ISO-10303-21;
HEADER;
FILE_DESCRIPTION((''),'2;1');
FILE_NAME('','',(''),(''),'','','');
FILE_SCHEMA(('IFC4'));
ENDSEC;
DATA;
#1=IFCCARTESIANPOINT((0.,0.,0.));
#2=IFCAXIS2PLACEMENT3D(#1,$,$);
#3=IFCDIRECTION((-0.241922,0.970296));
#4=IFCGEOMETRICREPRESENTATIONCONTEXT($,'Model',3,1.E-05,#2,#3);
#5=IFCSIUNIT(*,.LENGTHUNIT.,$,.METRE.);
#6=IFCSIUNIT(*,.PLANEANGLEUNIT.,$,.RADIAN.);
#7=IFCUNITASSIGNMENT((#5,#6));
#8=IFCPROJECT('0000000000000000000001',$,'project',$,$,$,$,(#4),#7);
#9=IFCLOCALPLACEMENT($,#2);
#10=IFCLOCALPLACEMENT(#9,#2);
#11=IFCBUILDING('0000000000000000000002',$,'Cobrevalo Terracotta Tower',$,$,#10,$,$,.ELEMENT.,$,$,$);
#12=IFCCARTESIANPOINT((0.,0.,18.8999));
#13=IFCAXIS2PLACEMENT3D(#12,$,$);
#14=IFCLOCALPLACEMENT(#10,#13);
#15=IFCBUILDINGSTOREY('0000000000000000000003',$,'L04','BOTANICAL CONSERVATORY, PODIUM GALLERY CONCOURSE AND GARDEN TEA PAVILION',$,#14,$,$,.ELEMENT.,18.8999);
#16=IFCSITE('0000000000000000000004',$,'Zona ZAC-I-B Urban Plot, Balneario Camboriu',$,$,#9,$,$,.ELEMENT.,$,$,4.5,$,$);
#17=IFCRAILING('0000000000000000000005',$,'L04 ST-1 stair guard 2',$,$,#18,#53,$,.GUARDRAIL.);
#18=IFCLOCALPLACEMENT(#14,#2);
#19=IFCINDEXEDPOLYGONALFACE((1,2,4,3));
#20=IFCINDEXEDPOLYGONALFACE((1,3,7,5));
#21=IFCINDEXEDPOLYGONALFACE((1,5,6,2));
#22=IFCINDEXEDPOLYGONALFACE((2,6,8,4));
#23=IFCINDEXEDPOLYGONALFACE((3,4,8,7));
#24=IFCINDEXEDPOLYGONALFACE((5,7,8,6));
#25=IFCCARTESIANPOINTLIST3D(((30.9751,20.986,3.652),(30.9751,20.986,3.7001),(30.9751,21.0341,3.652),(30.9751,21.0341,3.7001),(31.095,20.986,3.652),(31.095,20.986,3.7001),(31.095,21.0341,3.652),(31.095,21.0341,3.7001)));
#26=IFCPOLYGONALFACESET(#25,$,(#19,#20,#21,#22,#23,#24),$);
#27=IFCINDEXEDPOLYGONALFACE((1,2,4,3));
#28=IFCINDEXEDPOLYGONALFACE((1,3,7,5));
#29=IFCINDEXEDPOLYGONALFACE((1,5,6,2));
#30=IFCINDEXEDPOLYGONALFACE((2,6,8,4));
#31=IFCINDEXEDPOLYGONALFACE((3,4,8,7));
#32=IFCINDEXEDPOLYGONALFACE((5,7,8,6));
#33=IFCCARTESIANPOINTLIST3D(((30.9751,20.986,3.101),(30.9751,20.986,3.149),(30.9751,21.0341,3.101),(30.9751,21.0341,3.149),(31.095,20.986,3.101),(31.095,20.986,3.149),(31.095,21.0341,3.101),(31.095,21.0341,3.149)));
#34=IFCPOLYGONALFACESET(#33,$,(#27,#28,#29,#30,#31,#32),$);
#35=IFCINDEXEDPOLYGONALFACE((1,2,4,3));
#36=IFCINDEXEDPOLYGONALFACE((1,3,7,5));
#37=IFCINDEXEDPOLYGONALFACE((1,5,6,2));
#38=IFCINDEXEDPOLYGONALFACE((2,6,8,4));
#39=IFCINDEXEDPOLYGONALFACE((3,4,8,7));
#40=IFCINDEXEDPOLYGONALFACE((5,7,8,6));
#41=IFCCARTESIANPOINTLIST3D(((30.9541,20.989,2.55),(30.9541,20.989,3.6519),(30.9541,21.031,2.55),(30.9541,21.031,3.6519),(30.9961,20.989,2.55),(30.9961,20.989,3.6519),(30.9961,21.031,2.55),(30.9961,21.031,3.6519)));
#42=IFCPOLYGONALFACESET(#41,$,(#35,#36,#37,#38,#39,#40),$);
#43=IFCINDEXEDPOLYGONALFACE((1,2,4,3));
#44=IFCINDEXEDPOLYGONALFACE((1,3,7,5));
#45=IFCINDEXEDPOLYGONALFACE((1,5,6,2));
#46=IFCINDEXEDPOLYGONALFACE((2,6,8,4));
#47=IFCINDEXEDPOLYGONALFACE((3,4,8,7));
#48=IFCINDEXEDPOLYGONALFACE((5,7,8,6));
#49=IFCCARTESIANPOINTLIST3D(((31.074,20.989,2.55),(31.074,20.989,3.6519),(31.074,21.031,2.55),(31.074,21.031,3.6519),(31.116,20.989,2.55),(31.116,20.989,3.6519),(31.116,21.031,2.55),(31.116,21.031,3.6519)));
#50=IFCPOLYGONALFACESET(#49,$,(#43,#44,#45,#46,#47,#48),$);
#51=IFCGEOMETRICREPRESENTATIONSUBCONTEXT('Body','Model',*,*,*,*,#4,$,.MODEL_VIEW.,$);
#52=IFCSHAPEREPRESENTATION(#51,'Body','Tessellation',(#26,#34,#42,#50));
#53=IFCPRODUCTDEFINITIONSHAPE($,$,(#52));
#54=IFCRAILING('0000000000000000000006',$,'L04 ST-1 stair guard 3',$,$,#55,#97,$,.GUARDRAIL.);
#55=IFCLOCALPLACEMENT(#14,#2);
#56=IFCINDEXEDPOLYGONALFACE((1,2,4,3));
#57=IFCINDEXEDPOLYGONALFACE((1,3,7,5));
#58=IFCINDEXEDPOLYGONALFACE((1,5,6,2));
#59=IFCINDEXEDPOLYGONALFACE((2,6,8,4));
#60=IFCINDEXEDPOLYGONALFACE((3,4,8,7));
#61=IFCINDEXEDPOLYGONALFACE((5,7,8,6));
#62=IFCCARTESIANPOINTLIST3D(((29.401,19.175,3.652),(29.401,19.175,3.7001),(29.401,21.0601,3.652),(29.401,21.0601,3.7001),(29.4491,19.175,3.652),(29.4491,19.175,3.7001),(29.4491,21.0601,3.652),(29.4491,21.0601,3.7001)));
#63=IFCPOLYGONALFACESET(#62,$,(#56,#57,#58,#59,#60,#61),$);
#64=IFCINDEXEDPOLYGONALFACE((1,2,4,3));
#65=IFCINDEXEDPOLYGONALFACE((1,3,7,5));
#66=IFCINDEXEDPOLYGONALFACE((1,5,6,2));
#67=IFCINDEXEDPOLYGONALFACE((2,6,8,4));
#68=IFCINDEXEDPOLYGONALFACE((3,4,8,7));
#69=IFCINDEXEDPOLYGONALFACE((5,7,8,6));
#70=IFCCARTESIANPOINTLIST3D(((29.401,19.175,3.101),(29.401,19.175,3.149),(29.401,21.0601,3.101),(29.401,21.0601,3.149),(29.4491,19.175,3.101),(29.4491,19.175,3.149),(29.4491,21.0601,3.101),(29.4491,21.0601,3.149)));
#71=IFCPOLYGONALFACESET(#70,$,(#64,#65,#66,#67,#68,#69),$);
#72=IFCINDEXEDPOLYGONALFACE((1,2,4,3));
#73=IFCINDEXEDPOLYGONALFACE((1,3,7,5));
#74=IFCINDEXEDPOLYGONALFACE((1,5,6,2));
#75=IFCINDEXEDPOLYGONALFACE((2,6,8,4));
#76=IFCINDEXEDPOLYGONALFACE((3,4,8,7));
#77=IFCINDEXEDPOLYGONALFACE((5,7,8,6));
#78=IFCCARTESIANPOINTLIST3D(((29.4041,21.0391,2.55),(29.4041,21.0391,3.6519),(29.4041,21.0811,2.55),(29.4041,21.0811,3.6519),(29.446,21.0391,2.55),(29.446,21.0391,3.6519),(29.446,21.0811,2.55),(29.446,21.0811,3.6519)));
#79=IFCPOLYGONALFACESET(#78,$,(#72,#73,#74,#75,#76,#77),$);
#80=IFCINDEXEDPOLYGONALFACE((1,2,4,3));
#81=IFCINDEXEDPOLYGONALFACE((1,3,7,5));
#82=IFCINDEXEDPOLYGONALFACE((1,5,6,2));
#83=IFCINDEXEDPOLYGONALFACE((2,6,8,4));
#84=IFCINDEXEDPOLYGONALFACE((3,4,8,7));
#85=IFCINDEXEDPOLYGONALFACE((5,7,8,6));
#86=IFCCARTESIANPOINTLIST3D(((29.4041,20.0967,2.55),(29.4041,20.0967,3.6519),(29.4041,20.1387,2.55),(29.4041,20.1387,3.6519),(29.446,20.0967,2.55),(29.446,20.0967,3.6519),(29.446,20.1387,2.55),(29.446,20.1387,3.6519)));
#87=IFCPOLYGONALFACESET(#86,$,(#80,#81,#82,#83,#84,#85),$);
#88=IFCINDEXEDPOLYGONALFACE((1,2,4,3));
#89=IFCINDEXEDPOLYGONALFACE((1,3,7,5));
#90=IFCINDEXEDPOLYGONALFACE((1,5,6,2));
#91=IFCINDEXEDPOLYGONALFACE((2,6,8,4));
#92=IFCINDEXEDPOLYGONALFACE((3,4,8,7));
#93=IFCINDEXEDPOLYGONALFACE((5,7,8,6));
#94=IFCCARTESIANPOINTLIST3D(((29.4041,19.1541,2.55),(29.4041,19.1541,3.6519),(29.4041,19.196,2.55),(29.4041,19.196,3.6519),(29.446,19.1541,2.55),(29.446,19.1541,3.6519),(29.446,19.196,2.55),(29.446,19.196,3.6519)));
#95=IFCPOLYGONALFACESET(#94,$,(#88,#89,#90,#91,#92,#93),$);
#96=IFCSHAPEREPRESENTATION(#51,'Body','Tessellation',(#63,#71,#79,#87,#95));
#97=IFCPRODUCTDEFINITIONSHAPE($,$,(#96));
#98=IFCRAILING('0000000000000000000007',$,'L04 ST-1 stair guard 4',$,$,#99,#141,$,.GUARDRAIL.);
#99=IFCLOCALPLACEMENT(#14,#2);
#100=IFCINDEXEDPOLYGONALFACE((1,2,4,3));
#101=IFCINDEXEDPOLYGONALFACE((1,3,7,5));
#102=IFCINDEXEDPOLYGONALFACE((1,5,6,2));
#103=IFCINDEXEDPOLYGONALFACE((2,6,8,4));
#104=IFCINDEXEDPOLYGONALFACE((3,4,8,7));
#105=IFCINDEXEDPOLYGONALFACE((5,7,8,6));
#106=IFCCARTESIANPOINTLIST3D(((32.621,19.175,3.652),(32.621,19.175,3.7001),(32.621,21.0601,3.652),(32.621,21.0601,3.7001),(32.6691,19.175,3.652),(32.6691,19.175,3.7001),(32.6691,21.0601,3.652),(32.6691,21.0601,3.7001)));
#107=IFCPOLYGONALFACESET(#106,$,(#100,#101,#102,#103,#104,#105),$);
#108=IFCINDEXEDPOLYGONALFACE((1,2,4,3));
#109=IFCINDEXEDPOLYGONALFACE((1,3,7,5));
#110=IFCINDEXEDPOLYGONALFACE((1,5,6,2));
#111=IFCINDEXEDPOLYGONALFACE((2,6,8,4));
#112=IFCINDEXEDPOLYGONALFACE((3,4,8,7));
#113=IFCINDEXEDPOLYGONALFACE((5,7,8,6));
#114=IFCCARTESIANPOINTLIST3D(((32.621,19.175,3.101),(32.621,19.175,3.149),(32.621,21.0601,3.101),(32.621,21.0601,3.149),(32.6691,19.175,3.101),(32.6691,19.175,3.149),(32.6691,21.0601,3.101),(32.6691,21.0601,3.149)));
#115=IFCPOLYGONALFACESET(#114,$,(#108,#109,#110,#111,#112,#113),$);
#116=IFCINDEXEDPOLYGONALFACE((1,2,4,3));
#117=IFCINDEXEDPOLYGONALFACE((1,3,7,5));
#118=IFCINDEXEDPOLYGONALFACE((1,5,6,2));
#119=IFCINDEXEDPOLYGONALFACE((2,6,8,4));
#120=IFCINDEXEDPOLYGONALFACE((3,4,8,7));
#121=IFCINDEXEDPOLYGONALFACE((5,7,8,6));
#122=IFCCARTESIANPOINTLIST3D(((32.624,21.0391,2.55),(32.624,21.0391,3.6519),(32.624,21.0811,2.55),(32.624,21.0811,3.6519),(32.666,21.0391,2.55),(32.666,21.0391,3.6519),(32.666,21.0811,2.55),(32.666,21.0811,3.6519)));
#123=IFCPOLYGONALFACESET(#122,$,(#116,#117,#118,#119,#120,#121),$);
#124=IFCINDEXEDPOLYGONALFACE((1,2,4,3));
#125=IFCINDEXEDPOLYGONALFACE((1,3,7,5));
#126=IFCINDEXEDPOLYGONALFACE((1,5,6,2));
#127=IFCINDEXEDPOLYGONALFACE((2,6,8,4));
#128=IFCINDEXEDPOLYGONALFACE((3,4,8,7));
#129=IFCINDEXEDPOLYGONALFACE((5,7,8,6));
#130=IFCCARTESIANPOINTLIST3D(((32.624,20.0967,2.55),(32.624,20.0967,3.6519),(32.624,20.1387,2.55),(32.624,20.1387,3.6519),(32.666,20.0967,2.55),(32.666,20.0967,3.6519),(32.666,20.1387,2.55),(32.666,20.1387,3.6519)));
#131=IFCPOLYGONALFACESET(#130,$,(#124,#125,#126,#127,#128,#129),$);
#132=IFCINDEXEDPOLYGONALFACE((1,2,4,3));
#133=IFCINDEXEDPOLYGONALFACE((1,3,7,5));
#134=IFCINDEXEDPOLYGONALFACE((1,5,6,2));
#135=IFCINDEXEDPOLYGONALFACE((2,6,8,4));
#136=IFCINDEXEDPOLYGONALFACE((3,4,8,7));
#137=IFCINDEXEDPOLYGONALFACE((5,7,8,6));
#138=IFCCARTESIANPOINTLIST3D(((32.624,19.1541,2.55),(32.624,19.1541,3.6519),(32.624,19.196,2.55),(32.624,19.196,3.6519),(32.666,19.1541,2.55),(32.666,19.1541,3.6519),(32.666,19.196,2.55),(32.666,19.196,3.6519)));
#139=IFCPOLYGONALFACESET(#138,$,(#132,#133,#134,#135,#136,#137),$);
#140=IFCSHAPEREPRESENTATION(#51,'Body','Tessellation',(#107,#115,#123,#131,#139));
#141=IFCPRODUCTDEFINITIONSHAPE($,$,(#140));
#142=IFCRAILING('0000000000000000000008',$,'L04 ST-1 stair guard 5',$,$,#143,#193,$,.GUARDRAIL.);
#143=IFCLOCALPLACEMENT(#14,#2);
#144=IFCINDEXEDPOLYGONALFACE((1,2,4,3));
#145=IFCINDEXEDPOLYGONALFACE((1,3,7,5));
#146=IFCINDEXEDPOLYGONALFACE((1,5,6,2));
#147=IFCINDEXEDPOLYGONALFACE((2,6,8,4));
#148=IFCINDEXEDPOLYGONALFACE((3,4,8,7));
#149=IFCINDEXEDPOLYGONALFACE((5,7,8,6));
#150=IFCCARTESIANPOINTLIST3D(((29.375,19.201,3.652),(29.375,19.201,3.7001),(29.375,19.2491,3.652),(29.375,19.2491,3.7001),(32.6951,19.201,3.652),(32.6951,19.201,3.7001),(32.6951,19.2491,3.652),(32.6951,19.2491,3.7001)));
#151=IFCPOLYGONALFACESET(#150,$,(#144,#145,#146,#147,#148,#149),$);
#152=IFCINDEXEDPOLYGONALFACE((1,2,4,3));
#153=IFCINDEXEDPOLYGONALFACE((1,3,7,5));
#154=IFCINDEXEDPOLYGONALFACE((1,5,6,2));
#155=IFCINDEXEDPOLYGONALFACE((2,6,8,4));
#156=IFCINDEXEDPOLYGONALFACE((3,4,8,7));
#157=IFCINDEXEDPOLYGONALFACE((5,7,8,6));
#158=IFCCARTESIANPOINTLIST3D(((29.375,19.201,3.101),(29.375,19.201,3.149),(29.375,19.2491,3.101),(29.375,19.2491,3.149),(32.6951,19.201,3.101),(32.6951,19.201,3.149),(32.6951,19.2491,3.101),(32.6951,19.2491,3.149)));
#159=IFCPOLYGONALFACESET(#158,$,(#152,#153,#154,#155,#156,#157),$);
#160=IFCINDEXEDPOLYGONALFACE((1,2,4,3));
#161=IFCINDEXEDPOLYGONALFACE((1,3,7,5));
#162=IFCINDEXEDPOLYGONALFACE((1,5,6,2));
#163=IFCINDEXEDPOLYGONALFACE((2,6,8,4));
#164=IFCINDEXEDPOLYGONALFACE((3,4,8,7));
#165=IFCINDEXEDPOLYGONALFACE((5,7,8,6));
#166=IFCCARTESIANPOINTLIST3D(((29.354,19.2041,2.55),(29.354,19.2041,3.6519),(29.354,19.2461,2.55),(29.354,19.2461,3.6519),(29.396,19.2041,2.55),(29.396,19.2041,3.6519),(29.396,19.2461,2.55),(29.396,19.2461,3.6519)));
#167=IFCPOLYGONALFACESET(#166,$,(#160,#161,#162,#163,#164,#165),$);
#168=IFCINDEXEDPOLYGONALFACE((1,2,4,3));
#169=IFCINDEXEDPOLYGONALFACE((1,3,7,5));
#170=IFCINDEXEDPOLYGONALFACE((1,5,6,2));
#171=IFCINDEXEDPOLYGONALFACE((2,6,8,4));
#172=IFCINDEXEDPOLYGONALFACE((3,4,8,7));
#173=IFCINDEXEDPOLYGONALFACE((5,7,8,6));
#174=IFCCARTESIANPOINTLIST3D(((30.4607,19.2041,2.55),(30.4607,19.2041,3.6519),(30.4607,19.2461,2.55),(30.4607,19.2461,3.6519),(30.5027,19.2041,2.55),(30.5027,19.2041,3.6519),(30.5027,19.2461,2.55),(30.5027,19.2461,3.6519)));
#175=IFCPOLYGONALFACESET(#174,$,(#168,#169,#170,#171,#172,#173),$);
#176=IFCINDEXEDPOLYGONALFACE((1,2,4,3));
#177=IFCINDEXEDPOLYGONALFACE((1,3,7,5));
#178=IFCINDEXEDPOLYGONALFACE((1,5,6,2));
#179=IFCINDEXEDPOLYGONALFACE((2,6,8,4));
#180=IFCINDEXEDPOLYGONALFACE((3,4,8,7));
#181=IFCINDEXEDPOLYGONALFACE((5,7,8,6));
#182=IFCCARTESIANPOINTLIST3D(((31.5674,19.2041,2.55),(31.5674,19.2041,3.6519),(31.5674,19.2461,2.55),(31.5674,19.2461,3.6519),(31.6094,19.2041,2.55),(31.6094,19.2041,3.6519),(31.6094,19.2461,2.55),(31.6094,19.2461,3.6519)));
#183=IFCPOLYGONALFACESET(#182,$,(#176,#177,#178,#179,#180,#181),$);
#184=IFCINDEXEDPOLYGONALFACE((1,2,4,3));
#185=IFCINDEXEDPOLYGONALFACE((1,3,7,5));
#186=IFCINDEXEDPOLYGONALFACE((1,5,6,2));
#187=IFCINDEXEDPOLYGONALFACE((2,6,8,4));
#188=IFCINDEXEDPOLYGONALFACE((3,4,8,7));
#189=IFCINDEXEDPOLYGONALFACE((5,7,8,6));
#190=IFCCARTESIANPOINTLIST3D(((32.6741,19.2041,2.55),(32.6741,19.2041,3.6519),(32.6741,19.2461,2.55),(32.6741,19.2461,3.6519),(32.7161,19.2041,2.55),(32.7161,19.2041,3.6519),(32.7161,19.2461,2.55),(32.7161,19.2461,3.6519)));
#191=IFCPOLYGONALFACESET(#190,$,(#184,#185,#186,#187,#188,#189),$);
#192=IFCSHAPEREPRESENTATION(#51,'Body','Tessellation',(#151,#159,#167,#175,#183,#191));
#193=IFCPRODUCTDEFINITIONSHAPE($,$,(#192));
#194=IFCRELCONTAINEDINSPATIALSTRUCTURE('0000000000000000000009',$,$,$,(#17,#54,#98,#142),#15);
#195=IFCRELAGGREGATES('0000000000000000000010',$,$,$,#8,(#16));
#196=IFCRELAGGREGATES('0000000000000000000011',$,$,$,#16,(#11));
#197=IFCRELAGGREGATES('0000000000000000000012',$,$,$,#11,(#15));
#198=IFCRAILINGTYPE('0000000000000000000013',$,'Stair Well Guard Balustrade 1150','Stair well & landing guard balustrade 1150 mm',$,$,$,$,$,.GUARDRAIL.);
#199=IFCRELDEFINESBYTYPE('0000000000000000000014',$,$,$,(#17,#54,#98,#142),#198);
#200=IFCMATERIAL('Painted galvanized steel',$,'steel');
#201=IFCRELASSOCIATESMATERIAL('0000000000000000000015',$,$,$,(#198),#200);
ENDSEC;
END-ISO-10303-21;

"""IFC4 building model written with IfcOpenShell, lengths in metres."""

from ifc_helpers import new_model, si_unit, direction, frame, origin, origin_2d, place, context, subcontext, project, spatial, rectangle, extrude, material, type_object, element, save


model = new_model("IFC4")

# Units and contexts
model_context = context("Model", 3, precision=1e-05, world=origin(), true_north=direction((-0.241922, 0.970296)))
body_context = subcontext(model_context, "Body", "Model", "MODEL_VIEW")
ifc_project = project(units=[si_unit("LENGTHUNIT", "METRE"), si_unit("PLANEANGLEUNIT", "RADIAN")], contexts=[model_context])

# Site, building, storey
site_placement = place(None, origin())
site = spatial("IfcSite", under=ifc_project, at=site_placement, Name="Zona ZAC-I-B Urban Plot, Balneario Camboriu", CompositionType="ELEMENT", RefElevation=4.5)
building_placement = place(site_placement, origin())
building = spatial("IfcBuilding", under=site, at=building_placement, Name="Cobrevalo Terracotta Tower", CompositionType="ELEMENT")
storey_placement = place(building_placement, frame((0.0, 0.0, 18.8999)))
storey = spatial("IfcBuildingStorey", under=building, at=storey_placement, Name="L04", Description="BOTANICAL CONSERVATORY, PODIUM GALLERY CONCOURSE AND GARDEN TEA PAVILION", CompositionType="ELEMENT", Elevation=18.8999)

# Railings
ifc_material_1 = material(Name="Painted galvanized steel", Category="steel")
railing_type_1 = type_object("IfcRailingType", Name="Stair Well Guard Balustrade 1150", Description="Stair well & landing guard balustrade 1150 mm", PredefinedType="GUARDRAIL", material=ifc_material_1)
railing_1_placement = place(storey_placement, frame((30.9751, 21.01, 2.55)))
element("IfcRailing", 1, at=railing_1_placement, inside=storey, type_object=railing_type_1, Name="L04 ST-1 stair guard 2", PredefinedType="GUARDRAIL", context=body_context, shape_type="SweptSolid", body=[
    extrude(rectangle(XDim=0.0481, YDim=0.0481, at=origin_2d()), frame((0.0, 0.0, 1.126), z_axis=(1.0, 0.0, 0.0), x_axis=(0.0, 1.0, 0.0)), (0.0, 0.0, 1.0), 0.1199),
    extrude(rectangle(XDim=0.0481, YDim=0.0481, at=origin_2d()), frame((0.0, 0.0, 0.575), z_axis=(1.0, 0.0, 0.0), x_axis=(0.0, 1.0, 0.0)), (0.0, 0.0, 1.0), 0.1199),
    extrude(rectangle(XDim=0.042, YDim=0.042, at=origin_2d()), origin(), (0.0, 0.0, 1.0), 1.1018),
    extrude(rectangle(XDim=0.042, YDim=0.042, at=origin_2d()), frame((0.1199, 0.0, 0.0)), (0.0, 0.0, 1.0), 1.1018),
])
for number, where, name in (
    (2, (29.425, 21.0601, 2.55), "L04 ST-1 stair guard 3"),
    (3, (32.645, 21.0601, 2.55), "L04 ST-1 stair guard 4"),
):
    element("IfcRailing", number, at=place(storey_placement, frame(where)), inside=storey, type_object=railing_type_1, Name=name, PredefinedType="GUARDRAIL", context=body_context, shape_type="SweptSolid", body=[
        extrude(rectangle(XDim=0.0481, YDim=0.0481, at=origin_2d()), frame((0.0, 0.0, 1.126), z_axis=(0.0, -1.0, 0.0), x_axis=(1.0, 0.0, 0.0)), (0.0, 0.0, 1.0), 1.885),
        extrude(rectangle(XDim=0.0481, YDim=0.0481, at=origin_2d()), frame((0.0, 0.0, 0.575), z_axis=(0.0, -1.0, 0.0), x_axis=(1.0, 0.0, 0.0)), (0.0, 0.0, 1.0), 1.885),
        extrude(rectangle(XDim=0.042, YDim=0.042, at=origin_2d()), origin(), (0.0, 0.0, 1.0), 1.1018),
        extrude(rectangle(XDim=0.042, YDim=0.042, at=origin_2d()), frame((0.0, -0.9424, 0.0)), (0.0, 0.0, 1.0), 1.1018),
        extrude(rectangle(XDim=0.042, YDim=0.042, at=origin_2d()), frame((0.0, -1.885, 0.0)), (0.0, 0.0, 1.0), 1.1018),
    ])
railing_2_placement = place(storey_placement, frame((29.375, 19.2251, 2.55)))
element("IfcRailing", 4, at=railing_2_placement, inside=storey, type_object=railing_type_1, Name="L04 ST-1 stair guard 5", PredefinedType="GUARDRAIL", context=body_context, shape_type="SweptSolid", body=[
    extrude(rectangle(XDim=0.0481, YDim=0.0481, at=origin_2d()), frame((0.0, 0.0, 1.126), z_axis=(1.0, 0.0, 0.0), x_axis=(0.0, 1.0, 0.0)), (0.0, 0.0, 1.0), 3.3201),
    extrude(rectangle(XDim=0.0481, YDim=0.0481, at=origin_2d()), frame((0.0, 0.0, 0.575), z_axis=(1.0, 0.0, 0.0), x_axis=(0.0, 1.0, 0.0)), (0.0, 0.0, 1.0), 3.3201),
    extrude(rectangle(XDim=0.042, YDim=0.042, at=origin_2d()), origin(), (0.0, 0.0, 1.0), 1.1018),
    extrude(rectangle(XDim=0.042, YDim=0.042, at=origin_2d()), frame((1.1067, 0.0, 0.0)), (0.0, 0.0, 1.0), 1.1018),
    extrude(rectangle(XDim=0.042, YDim=0.042, at=origin_2d()), frame((2.2134, 0.0, 0.0)), (0.0, 0.0, 1.0), 1.1018),
    extrude(rectangle(XDim=0.042, YDim=0.042, at=origin_2d()), frame((3.3201, 0.0, 0.0)), (0.0, 0.0, 1.0), 1.1018),
])

save(model, "model.ifc")
